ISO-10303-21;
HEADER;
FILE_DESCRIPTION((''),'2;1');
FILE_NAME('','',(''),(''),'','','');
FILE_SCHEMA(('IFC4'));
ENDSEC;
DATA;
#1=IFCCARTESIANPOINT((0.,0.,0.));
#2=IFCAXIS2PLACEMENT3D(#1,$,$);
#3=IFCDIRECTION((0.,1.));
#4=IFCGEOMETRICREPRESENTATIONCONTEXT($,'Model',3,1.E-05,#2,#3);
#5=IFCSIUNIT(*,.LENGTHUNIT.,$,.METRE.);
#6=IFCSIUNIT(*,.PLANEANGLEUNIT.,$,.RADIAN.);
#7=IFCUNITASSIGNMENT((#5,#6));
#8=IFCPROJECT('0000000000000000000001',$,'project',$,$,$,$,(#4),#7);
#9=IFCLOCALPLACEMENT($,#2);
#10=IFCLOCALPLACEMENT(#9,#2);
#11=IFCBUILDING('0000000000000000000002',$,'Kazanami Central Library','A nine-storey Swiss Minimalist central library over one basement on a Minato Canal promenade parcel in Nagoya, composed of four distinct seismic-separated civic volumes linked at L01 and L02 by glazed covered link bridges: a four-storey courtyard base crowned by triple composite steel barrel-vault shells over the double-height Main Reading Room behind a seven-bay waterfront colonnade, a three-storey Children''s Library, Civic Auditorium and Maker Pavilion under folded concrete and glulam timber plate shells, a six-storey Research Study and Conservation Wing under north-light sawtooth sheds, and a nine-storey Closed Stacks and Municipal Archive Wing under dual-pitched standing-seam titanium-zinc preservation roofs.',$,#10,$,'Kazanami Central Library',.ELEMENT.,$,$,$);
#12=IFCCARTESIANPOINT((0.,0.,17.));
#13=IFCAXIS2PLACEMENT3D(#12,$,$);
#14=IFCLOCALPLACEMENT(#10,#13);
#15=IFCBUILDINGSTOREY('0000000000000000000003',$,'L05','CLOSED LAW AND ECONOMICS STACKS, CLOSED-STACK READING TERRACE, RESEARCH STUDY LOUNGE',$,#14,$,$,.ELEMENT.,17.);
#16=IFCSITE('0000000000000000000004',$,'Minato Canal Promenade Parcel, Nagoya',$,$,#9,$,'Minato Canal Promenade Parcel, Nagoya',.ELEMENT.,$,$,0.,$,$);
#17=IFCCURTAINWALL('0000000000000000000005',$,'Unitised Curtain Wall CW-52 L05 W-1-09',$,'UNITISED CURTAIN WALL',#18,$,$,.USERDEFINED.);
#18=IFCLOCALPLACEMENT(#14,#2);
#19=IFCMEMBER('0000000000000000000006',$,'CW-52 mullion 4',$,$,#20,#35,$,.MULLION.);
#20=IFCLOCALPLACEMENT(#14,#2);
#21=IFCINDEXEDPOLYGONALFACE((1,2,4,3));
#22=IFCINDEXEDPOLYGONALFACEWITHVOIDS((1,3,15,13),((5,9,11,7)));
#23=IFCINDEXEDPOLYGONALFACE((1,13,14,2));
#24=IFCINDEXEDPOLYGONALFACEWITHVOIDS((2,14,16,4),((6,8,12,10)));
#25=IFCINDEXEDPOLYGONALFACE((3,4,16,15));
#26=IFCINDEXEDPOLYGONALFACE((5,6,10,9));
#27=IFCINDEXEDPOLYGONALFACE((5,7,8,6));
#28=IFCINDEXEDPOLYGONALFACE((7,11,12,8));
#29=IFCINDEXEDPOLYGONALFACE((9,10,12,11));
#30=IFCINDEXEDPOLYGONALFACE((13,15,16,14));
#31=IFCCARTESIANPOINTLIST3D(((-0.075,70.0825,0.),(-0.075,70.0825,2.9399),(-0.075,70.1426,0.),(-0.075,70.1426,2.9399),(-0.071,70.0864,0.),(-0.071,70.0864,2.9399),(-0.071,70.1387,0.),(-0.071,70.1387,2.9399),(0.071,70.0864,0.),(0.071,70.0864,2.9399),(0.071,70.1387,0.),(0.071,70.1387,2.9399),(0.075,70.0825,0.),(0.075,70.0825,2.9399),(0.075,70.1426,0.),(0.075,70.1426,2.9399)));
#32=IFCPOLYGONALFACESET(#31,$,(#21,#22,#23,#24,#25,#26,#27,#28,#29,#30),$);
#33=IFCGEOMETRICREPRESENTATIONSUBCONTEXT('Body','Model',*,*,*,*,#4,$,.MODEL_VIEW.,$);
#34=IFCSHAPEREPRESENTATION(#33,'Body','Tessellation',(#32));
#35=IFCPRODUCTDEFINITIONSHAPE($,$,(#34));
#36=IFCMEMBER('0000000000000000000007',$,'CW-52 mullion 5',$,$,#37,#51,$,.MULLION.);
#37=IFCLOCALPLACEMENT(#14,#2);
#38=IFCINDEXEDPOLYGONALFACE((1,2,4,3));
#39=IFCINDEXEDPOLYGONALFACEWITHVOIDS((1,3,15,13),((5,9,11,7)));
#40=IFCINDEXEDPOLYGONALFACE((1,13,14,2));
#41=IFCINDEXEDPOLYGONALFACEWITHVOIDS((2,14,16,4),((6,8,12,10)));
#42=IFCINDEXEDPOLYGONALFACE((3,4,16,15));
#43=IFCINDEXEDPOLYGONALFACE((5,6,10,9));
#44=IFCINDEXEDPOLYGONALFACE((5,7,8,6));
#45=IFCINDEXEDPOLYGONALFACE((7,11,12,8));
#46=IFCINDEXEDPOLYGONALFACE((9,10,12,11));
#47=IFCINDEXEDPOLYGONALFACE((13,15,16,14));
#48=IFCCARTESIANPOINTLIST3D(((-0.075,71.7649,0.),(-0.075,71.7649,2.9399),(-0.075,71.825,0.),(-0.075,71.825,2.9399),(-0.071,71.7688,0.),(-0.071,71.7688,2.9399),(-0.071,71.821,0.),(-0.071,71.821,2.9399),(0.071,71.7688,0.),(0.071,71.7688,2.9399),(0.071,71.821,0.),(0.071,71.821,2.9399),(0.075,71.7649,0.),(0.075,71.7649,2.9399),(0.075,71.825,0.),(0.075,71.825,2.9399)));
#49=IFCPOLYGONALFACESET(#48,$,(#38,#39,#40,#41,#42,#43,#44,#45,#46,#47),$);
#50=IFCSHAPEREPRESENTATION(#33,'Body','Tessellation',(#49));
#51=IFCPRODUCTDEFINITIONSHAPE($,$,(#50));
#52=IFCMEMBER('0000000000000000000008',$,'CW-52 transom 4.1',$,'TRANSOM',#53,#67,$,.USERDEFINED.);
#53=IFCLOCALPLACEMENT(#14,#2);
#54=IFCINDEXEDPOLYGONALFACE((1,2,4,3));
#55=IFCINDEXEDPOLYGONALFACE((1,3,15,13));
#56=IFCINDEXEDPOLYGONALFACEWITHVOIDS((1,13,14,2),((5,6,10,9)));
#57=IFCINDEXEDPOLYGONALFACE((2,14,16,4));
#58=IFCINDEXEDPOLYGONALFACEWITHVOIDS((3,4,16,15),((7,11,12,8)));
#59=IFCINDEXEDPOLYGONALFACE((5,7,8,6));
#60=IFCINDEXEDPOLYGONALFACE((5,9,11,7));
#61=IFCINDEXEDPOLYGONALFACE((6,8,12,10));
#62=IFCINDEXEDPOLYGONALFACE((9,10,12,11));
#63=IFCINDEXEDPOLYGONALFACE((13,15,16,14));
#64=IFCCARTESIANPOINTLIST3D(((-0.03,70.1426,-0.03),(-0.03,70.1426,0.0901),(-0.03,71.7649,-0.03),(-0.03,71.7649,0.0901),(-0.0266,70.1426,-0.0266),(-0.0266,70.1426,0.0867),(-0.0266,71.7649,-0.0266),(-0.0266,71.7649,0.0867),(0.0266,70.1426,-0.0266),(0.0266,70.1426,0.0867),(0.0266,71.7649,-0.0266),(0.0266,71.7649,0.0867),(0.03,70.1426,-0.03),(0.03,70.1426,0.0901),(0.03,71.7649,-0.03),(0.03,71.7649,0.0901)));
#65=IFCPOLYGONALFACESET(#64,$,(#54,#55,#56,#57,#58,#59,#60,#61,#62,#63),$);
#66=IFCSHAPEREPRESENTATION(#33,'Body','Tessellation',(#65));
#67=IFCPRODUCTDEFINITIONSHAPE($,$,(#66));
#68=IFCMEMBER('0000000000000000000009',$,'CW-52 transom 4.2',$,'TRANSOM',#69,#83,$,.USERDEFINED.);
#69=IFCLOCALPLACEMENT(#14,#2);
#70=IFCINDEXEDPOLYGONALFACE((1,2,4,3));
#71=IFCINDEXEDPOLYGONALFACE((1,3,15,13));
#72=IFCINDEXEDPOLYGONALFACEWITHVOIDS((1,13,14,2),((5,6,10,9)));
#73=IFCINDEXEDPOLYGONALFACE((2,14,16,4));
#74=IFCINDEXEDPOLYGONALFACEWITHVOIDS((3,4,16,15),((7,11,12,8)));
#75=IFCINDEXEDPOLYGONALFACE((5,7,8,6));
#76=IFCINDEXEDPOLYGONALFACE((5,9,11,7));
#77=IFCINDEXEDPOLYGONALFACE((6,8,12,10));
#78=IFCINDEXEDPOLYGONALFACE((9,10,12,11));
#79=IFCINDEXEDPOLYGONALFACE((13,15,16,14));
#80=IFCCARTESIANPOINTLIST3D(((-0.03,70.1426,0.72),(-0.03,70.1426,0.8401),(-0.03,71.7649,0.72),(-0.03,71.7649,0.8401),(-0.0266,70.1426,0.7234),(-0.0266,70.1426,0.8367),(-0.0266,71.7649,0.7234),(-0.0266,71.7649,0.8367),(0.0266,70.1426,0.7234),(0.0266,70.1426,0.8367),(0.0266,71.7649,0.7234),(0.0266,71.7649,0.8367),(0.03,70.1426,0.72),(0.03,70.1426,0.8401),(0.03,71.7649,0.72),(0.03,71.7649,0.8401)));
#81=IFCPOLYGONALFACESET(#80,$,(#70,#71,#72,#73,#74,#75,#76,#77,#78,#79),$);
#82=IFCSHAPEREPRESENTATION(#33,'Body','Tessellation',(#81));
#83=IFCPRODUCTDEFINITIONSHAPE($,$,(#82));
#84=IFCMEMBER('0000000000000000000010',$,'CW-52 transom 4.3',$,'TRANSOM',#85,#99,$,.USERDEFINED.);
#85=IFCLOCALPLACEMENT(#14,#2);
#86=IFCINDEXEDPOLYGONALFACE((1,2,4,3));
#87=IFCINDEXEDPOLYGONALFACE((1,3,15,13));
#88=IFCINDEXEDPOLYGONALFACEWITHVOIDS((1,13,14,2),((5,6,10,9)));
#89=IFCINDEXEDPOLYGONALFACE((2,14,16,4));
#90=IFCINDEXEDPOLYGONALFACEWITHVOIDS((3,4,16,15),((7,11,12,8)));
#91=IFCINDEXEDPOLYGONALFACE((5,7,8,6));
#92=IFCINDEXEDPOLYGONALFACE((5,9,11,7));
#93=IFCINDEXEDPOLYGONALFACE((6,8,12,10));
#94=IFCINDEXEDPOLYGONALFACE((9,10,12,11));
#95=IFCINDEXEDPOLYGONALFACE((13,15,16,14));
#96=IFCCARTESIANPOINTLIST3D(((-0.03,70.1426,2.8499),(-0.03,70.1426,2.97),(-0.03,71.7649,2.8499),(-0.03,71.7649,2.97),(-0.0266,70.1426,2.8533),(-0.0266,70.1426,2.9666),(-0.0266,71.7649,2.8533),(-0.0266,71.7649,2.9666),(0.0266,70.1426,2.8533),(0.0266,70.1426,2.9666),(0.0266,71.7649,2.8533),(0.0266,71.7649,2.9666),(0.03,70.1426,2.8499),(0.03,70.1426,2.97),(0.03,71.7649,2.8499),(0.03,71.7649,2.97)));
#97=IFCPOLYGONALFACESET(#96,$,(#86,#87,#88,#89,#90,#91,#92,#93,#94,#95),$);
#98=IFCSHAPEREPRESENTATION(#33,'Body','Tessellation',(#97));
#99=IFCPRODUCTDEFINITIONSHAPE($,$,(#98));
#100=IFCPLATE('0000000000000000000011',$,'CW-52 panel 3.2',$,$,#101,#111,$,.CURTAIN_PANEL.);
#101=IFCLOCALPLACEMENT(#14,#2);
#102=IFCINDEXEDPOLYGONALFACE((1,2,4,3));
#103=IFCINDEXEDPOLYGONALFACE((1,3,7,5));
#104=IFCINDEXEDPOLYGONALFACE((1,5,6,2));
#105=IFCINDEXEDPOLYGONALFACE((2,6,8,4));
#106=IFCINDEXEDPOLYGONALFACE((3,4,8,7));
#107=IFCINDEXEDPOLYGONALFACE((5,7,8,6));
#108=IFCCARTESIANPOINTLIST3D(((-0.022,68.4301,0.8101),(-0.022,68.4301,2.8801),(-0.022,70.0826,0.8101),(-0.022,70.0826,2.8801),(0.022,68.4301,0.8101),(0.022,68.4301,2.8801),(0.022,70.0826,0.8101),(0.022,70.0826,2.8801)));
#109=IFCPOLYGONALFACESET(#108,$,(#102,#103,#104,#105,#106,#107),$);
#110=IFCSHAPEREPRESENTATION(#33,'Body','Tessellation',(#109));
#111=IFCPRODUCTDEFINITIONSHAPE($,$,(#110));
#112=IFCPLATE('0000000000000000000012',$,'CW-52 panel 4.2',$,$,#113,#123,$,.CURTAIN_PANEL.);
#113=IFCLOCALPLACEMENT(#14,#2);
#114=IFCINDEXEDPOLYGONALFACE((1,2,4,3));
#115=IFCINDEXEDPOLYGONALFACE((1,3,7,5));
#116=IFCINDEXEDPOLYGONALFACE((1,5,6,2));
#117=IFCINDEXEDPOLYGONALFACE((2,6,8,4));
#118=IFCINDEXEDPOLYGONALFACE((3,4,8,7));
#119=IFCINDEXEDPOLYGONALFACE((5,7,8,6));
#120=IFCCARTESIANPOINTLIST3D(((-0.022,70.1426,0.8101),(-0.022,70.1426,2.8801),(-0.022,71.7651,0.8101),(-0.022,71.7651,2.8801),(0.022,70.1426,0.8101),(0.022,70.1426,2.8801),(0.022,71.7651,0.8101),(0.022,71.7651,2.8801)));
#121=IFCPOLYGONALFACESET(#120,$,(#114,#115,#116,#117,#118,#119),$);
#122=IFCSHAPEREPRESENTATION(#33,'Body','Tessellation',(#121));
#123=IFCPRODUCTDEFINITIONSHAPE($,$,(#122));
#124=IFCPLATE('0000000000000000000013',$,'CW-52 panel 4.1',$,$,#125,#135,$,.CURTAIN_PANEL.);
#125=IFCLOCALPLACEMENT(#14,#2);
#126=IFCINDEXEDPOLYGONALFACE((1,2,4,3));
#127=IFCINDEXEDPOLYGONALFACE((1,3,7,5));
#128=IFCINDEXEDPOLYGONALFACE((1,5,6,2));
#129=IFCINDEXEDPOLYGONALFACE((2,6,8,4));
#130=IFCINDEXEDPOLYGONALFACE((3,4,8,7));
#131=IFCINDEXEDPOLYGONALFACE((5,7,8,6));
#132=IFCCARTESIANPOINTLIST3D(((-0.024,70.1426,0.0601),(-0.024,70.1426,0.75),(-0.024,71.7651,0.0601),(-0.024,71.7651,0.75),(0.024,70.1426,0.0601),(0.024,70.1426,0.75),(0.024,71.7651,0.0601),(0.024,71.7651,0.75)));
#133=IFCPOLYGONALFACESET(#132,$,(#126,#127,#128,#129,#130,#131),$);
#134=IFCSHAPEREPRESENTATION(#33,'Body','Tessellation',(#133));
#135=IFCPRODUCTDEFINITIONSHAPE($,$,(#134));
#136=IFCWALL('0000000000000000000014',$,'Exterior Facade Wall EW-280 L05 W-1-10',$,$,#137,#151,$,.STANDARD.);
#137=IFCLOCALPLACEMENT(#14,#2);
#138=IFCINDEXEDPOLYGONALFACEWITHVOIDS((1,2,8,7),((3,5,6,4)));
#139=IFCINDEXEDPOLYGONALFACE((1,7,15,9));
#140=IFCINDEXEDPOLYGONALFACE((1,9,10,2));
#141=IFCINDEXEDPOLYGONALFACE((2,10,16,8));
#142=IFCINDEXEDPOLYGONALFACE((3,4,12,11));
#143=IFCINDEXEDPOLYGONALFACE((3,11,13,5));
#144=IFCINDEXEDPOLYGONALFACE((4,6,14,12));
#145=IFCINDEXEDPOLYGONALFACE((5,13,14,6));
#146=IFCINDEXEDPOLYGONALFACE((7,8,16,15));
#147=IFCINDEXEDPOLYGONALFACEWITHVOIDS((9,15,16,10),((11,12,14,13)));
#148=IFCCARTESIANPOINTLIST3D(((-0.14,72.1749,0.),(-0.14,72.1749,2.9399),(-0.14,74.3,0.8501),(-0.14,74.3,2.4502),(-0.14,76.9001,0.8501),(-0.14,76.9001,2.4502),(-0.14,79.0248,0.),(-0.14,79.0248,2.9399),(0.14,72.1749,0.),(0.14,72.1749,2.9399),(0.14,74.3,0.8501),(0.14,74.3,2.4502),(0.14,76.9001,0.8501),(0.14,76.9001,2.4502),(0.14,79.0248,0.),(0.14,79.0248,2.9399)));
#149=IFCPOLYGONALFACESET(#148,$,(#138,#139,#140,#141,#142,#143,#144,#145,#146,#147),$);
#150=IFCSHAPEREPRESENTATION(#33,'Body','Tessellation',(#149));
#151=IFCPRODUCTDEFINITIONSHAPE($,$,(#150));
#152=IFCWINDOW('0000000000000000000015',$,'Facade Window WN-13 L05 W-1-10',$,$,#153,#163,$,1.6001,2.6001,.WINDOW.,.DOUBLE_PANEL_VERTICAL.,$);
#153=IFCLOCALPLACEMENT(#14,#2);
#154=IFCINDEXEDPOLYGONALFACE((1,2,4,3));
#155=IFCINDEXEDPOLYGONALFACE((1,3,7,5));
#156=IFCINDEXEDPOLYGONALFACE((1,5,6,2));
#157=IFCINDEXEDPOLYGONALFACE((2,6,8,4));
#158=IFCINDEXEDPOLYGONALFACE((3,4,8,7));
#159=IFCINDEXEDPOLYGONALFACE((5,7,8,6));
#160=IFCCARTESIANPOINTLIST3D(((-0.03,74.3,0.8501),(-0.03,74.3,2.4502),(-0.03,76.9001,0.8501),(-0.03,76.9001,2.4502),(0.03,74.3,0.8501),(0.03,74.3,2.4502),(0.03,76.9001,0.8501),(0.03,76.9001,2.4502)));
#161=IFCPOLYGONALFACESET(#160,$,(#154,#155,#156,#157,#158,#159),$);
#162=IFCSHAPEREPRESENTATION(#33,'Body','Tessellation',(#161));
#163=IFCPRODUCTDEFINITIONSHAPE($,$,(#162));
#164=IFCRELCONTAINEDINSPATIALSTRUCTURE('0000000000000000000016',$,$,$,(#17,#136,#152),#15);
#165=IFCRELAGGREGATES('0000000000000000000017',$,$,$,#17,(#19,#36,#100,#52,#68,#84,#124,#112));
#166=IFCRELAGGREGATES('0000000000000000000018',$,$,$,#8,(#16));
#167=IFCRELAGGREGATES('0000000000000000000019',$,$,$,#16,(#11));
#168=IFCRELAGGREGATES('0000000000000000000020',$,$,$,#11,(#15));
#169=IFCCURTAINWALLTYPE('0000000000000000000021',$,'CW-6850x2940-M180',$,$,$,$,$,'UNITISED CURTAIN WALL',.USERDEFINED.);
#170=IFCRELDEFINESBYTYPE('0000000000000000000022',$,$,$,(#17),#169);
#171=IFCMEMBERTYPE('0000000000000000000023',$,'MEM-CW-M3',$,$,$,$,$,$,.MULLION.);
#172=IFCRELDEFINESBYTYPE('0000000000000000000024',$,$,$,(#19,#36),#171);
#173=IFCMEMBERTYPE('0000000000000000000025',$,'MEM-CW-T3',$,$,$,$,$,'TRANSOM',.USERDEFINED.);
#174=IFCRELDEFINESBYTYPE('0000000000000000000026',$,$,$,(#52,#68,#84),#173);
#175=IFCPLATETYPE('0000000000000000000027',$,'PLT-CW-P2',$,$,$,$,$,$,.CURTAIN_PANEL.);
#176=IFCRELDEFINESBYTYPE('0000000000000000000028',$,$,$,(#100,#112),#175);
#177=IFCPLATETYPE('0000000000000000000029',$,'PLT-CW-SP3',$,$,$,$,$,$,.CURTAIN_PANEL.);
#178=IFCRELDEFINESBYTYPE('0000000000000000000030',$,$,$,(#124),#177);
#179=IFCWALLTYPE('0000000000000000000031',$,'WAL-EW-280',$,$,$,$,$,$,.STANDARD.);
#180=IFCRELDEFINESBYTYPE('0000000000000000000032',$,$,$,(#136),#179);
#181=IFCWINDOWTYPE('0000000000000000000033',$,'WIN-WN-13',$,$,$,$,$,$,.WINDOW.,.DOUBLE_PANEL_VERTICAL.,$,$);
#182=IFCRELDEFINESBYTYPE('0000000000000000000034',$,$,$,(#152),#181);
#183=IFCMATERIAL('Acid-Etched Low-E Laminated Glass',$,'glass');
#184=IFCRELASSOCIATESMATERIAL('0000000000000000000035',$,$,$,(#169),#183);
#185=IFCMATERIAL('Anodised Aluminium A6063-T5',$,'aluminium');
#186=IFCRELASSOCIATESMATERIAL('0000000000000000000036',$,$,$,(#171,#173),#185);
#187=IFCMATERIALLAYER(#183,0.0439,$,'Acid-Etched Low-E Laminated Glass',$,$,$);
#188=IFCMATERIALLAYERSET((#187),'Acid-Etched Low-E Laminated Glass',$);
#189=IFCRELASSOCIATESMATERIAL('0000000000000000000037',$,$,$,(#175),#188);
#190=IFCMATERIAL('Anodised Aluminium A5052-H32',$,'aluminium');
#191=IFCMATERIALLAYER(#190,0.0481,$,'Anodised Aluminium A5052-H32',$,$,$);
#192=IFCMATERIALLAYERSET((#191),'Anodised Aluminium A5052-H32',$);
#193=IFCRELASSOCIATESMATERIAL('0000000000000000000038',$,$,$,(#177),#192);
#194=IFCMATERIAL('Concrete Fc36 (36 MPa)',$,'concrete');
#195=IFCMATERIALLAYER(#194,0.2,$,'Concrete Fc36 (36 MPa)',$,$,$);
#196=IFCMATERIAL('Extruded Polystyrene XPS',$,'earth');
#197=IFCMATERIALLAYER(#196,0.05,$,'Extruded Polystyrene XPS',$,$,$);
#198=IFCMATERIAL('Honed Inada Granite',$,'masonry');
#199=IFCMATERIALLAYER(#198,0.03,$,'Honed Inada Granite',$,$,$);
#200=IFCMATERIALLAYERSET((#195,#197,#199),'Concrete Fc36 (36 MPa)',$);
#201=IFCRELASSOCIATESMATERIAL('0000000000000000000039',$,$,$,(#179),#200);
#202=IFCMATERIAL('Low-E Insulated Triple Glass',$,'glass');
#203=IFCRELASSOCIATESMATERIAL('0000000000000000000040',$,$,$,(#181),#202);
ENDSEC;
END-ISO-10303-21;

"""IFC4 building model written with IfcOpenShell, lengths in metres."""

from ifc_helpers import new_model, si_unit, direction, frame, frame_2d, origin, origin_2d, place, context, subcontext, project, spatial, rectangle, hollow_rectangle, extrude, material, layer, layer_set, material_profile, profile_set, type_object, element, fill, aggregate, save


model = new_model("IFC4")

# Units and contexts
model_context = context("Model", 3, precision=1e-05, world=origin(), true_north=direction((0.0, 1.0)))
body_context = subcontext(model_context, "Body", "Model", "MODEL_VIEW")
ifc_project = project(units=[si_unit("LENGTHUNIT", "METRE"), si_unit("PLANEANGLEUNIT", "RADIAN")], contexts=[model_context])

# Site, building, storey
site_placement = place(None, origin())
site = spatial("IfcSite", under=ifc_project, at=site_placement, Name="Minato Canal Promenade Parcel, Nagoya", LongName="Minato Canal Promenade Parcel, Nagoya", CompositionType="ELEMENT", RefElevation=0.0)
building_placement = place(site_placement, origin())
building = spatial("IfcBuilding", under=site, at=building_placement, Name="Kazanami Central Library", Description="A nine-storey Swiss Minimalist central library over one basement on a Minato Canal promenade parcel in Nagoya, composed of four distinct seismic-separated civic volumes linked at L01 and L02 by glazed covered link bridges: a four-storey courtyard base crowned by triple composite steel barrel-vault shells over the double-height Main Reading Room behind a seven-bay waterfront colonnade, a three-storey Children's Library, Civic Auditorium and Maker Pavilion under folded concrete and glulam timber plate shells, a six-storey Research Study and Conservation Wing under north-light sawtooth sheds, and a nine-storey Closed Stacks and Municipal Archive Wing under dual-pitched standing-seam titanium-zinc preservation roofs.", LongName="Kazanami Central Library", CompositionType="ELEMENT")
storey_placement = place(building_placement, frame((0.0, 0.0, 17.0)))
storey = spatial("IfcBuildingStorey", under=building, at=storey_placement, Name="L05", Description="CLOSED LAW AND ECONOMICS STACKS, CLOSED-STACK READING TERRACE, RESEARCH STUDY LOUNGE", CompositionType="ELEMENT", Elevation=17.0)

# Curtain wall, members, plates
ifc_material_1 = material(Name="Acid-Etched Low-E Laminated Glass", Category="glass")
curtain_wall_type = type_object("IfcCurtainWallType", Name="CW-6850x2940-M180", ElementType="UNITISED CURTAIN WALL", PredefinedType="USERDEFINED", material=ifc_material_1)
curtain_wall_placement = place(storey_placement, origin())
curtain_wall = element("IfcCurtainWall", 1, at=curtain_wall_placement, inside=storey, type_object=curtain_wall_type, Name="Unitised Curtain Wall CW-52 L05 W-1-09", ObjectType="UNITISED CURTAIN WALL", PredefinedType="USERDEFINED")
ifc_material_2 = material(Name="Anodised Aluminium A6063-T5", Category="aluminium")
ifc_material_profile_1 = material_profile(ifc_material_2, hollow_rectangle(XDim=0.0601, YDim=0.1499, WallThickness=0.0039, at=origin_2d()), Name="ALU-MULL-60x150x4")
ifc_profile_set_1 = profile_set([ifc_material_profile_1], Name="Anodised Aluminium A6063-T5")
member_type_1 = type_object("IfcMemberType", Name="MEM-CW-M3", PredefinedType="MULLION", material=ifc_profile_set_1)
member_1_placement = place(storey_placement, frame((0.0, 70.1125, 0.0), z_axis=(0.0, 0.0, 1.0), x_axis=(0.0, 1.0, 0.0)))
member_1 = element("IfcMember", 2, at=member_1_placement, type_object=member_type_1, Name="CW-52 mullion 4", PredefinedType="MULLION", context=body_context, shape_type="SweptSolid", body=[
    extrude(hollow_rectangle(XDim=0.0601, YDim=0.1499, WallThickness=0.0039, at=origin_2d()), origin(), (0.0, 0.0, 1.0), 2.9399),
])
member_2_placement = place(storey_placement, frame((0.0, 71.7949, 0.0), z_axis=(0.0, 0.0, 1.0), x_axis=(0.0, 1.0, 0.0)))
member_2 = element("IfcMember", 3, at=member_2_placement, type_object=member_type_1, Name="CW-52 mullion 5", PredefinedType="MULLION", context=body_context, shape_type="SweptSolid", body=[
    extrude(hollow_rectangle(XDim=0.0601, YDim=0.1499, WallThickness=0.0039, at=origin_2d()), origin(), (0.0, 0.0, 1.0), 2.9399),
])
ifc_material_profile_2 = material_profile(ifc_material_2, hollow_rectangle(XDim=0.0601, YDim=0.1201, WallThickness=0.0034, at=origin_2d()), Name="ALU-TRAN-60x120x3.5")
ifc_profile_set_2 = profile_set([ifc_material_profile_2], Name="Anodised Aluminium A6063-T5")
member_type_2 = type_object("IfcMemberType", Name="MEM-CW-T3", ElementType="TRANSOM", PredefinedType="USERDEFINED", material=ifc_profile_set_2)
member_3_placement = place(storey_placement, frame((0.0, 70.1426, 0.03), z_axis=(0.0, 1.0, 0.0), x_axis=(-1.0, 0.0, 0.0)))
member_3 = element("IfcMember", 4, at=member_3_placement, type_object=member_type_2, Name="CW-52 transom 4.1", ObjectType="TRANSOM", PredefinedType="USERDEFINED", context=body_context, shape_type="SweptSolid", body=[
    extrude(hollow_rectangle(XDim=0.0601, YDim=0.1201, WallThickness=0.0034, at=origin_2d()), origin(), (0.0, 0.0, 1.0), 1.6223),
])
member_4_placement = place(storey_placement, frame((0.0, 70.1426, 0.78), z_axis=(0.0, 1.0, 0.0), x_axis=(-1.0, 0.0, 0.0)))
member_4 = element("IfcMember", 5, at=member_4_placement, type_object=member_type_2, Name="CW-52 transom 4.2", ObjectType="TRANSOM", PredefinedType="USERDEFINED", context=body_context, shape_type="SweptSolid", body=[
    extrude(hollow_rectangle(XDim=0.0601, YDim=0.1201, WallThickness=0.0034, at=origin_2d()), origin(), (0.0, 0.0, 1.0), 1.6223),
])
member_5_placement = place(storey_placement, frame((0.0, 70.1426, 2.9099), z_axis=(0.0, 1.0, 0.0), x_axis=(-1.0, 0.0, 0.0)))
member_5 = element("IfcMember", 6, at=member_5_placement, type_object=member_type_2, Name="CW-52 transom 4.3", ObjectType="TRANSOM", PredefinedType="USERDEFINED", context=body_context, shape_type="SweptSolid", body=[
    extrude(hollow_rectangle(XDim=0.0601, YDim=0.1201, WallThickness=0.0034, at=origin_2d()), origin(), (0.0, 0.0, 1.0), 1.6223),
])
ifc_layer_1 = layer(ifc_material_1, 0.0439, Name="Acid-Etched Low-E Laminated Glass")
ifc_layer_set_1 = layer_set([ifc_layer_1], Name="Acid-Etched Low-E Laminated Glass")
plate_type_1 = type_object("IfcPlateType", Name="PLT-CW-P2", PredefinedType="CURTAIN_PANEL", material=ifc_layer_set_1)
plate_1_placement = place(storey_placement, frame((0.0, 69.2563, 0.8101), z_axis=(0.0, 0.0, 1.0), x_axis=(0.0, 1.0, 0.0)))
plate_1 = element("IfcPlate", 7, at=plate_1_placement, type_object=plate_type_1, Name="CW-52 panel 3.2", PredefinedType="CURTAIN_PANEL", context=body_context, shape_type="SweptSolid", body=[
    extrude(rectangle(XDim=1.6526, YDim=0.0439, at=origin_2d()), origin(), (0.0, 0.0, 1.0), 2.0701),
])
plate_2_placement = place(storey_placement, frame((0.0, 70.9539, 0.8101), z_axis=(0.0, 0.0, 1.0), x_axis=(0.0, 1.0, 0.0)))
plate_2 = element("IfcPlate", 8, at=plate_2_placement, type_object=plate_type_1, Name="CW-52 panel 4.2", PredefinedType="CURTAIN_PANEL", context=body_context, shape_type="SweptSolid", body=[
    extrude(rectangle(XDim=1.6226, YDim=0.0439, at=origin_2d()), origin(), (0.0, 0.0, 1.0), 2.0701),
])
ifc_material_3 = material(Name="Anodised Aluminium A5052-H32", Category="aluminium")
ifc_layer_2 = layer(ifc_material_3, 0.0481, Name="Anodised Aluminium A5052-H32")
ifc_layer_set_2 = layer_set([ifc_layer_2], Name="Anodised Aluminium A5052-H32")
plate_type_2 = type_object("IfcPlateType", Name="PLT-CW-SP3", PredefinedType="CURTAIN_PANEL", material=ifc_layer_set_2)
plate_3_placement = place(storey_placement, frame((0.0, 70.9539, 0.0601), z_axis=(0.0, 0.0, 1.0), x_axis=(0.0, 1.0, 0.0)))
plate_3 = element("IfcPlate", 9, at=plate_3_placement, type_object=plate_type_2, Name="CW-52 panel 4.1", PredefinedType="CURTAIN_PANEL", context=body_context, shape_type="SweptSolid", body=[
    extrude(rectangle(XDim=1.6226, YDim=0.0481, at=origin_2d()), origin(), (0.0, 0.0, 1.0), 0.6899),
])
aggregate(curtain_wall, [member_1, member_2, plate_1, member_3, member_4, member_5, plate_3, plate_2])

# Wall, opening, window
ifc_material_4 = material(Name="Concrete Fc36 (36 MPa)", Category="concrete")
ifc_layer_3 = layer(ifc_material_4, 0.2, Name="Concrete Fc36 (36 MPa)")
ifc_material_5 = material(Name="Extruded Polystyrene XPS", Category="earth")
ifc_layer_4 = layer(ifc_material_5, 0.05, Name="Extruded Polystyrene XPS")
ifc_material_6 = material(Name="Honed Inada Granite", Category="masonry")
ifc_layer_5 = layer(ifc_material_6, 0.03, Name="Honed Inada Granite")
ifc_layer_set_3 = layer_set([ifc_layer_3, ifc_layer_4, ifc_layer_5], Name="Concrete Fc36 (36 MPa)")
wall_type_1 = type_object("IfcWallType", Name="WAL-EW-280", PredefinedType="STANDARD", material=ifc_layer_set_3)
wall_1_placement = place(storey_placement, frame((0.0, 72.175, 0.0), z_axis=(0.0, 0.0, 1.0), x_axis=(0.0, 1.0, 0.0)))
wall_1 = element("IfcWall", 10, at=wall_1_placement, inside=storey, type_object=wall_type_1, Name="Exterior Facade Wall EW-280 L05 W-1-10", PredefinedType="STANDARD", context=body_context, shape_type="SweptSolid", body=[
    extrude(rectangle(XDim=6.8499, YDim=0.28, at=frame_2d((3.4248, 0.0))), origin(), (0.0, 0.0, 1.0), 2.9399),
])
opening_1_placement = place(wall_1_placement, frame((2.125, 0.0, 0.8501)))
opening_1 = element("IfcOpeningElement", 11, at=opening_1_placement, cuts=wall_1, PredefinedType="OPENING", context=body_context, shape_type="SweptSolid", body=[
    extrude(rectangle(XDim=2.6001, YDim=1.6001, at=frame_2d((1.3, 0.8))), frame((0.0, 0.1519, 0.0), z_axis=(0.0, -1.0, 0.0), x_axis=(1.0, 0.0, 0.0)), (0.0, 0.0, 1.0), 0.304),
])
ifc_material_7 = material(Name="Low-E Insulated Triple Glass", Category="glass")
window_type = type_object("IfcWindowType", Name="WIN-WN-13", PartitioningType="DOUBLE_PANEL_VERTICAL", PredefinedType="WINDOW", material=ifc_material_7)
window_placement = place(opening_1_placement, origin())
window = element("IfcWindow", 12, at=window_placement, inside=storey, type_object=window_type, Name="Facade Window WN-13 L05 W-1-10", OverallHeight=1.6001, OverallWidth=2.6001, PartitioningType="DOUBLE_PANEL_VERTICAL", PredefinedType="WINDOW", context=body_context, shape_type="SweptSolid", body=[
    extrude(rectangle(XDim=2.6001, YDim=1.6001, at=frame_2d((1.3, 0.8))), frame((0.0, 0.03, 0.0), z_axis=(0.0, -1.0, 0.0), x_axis=(1.0, 0.0, 0.0)), (0.0, 0.0, 1.0), 0.0601),
])
fill(opening_1, window)

save(model, "model.ifc")
